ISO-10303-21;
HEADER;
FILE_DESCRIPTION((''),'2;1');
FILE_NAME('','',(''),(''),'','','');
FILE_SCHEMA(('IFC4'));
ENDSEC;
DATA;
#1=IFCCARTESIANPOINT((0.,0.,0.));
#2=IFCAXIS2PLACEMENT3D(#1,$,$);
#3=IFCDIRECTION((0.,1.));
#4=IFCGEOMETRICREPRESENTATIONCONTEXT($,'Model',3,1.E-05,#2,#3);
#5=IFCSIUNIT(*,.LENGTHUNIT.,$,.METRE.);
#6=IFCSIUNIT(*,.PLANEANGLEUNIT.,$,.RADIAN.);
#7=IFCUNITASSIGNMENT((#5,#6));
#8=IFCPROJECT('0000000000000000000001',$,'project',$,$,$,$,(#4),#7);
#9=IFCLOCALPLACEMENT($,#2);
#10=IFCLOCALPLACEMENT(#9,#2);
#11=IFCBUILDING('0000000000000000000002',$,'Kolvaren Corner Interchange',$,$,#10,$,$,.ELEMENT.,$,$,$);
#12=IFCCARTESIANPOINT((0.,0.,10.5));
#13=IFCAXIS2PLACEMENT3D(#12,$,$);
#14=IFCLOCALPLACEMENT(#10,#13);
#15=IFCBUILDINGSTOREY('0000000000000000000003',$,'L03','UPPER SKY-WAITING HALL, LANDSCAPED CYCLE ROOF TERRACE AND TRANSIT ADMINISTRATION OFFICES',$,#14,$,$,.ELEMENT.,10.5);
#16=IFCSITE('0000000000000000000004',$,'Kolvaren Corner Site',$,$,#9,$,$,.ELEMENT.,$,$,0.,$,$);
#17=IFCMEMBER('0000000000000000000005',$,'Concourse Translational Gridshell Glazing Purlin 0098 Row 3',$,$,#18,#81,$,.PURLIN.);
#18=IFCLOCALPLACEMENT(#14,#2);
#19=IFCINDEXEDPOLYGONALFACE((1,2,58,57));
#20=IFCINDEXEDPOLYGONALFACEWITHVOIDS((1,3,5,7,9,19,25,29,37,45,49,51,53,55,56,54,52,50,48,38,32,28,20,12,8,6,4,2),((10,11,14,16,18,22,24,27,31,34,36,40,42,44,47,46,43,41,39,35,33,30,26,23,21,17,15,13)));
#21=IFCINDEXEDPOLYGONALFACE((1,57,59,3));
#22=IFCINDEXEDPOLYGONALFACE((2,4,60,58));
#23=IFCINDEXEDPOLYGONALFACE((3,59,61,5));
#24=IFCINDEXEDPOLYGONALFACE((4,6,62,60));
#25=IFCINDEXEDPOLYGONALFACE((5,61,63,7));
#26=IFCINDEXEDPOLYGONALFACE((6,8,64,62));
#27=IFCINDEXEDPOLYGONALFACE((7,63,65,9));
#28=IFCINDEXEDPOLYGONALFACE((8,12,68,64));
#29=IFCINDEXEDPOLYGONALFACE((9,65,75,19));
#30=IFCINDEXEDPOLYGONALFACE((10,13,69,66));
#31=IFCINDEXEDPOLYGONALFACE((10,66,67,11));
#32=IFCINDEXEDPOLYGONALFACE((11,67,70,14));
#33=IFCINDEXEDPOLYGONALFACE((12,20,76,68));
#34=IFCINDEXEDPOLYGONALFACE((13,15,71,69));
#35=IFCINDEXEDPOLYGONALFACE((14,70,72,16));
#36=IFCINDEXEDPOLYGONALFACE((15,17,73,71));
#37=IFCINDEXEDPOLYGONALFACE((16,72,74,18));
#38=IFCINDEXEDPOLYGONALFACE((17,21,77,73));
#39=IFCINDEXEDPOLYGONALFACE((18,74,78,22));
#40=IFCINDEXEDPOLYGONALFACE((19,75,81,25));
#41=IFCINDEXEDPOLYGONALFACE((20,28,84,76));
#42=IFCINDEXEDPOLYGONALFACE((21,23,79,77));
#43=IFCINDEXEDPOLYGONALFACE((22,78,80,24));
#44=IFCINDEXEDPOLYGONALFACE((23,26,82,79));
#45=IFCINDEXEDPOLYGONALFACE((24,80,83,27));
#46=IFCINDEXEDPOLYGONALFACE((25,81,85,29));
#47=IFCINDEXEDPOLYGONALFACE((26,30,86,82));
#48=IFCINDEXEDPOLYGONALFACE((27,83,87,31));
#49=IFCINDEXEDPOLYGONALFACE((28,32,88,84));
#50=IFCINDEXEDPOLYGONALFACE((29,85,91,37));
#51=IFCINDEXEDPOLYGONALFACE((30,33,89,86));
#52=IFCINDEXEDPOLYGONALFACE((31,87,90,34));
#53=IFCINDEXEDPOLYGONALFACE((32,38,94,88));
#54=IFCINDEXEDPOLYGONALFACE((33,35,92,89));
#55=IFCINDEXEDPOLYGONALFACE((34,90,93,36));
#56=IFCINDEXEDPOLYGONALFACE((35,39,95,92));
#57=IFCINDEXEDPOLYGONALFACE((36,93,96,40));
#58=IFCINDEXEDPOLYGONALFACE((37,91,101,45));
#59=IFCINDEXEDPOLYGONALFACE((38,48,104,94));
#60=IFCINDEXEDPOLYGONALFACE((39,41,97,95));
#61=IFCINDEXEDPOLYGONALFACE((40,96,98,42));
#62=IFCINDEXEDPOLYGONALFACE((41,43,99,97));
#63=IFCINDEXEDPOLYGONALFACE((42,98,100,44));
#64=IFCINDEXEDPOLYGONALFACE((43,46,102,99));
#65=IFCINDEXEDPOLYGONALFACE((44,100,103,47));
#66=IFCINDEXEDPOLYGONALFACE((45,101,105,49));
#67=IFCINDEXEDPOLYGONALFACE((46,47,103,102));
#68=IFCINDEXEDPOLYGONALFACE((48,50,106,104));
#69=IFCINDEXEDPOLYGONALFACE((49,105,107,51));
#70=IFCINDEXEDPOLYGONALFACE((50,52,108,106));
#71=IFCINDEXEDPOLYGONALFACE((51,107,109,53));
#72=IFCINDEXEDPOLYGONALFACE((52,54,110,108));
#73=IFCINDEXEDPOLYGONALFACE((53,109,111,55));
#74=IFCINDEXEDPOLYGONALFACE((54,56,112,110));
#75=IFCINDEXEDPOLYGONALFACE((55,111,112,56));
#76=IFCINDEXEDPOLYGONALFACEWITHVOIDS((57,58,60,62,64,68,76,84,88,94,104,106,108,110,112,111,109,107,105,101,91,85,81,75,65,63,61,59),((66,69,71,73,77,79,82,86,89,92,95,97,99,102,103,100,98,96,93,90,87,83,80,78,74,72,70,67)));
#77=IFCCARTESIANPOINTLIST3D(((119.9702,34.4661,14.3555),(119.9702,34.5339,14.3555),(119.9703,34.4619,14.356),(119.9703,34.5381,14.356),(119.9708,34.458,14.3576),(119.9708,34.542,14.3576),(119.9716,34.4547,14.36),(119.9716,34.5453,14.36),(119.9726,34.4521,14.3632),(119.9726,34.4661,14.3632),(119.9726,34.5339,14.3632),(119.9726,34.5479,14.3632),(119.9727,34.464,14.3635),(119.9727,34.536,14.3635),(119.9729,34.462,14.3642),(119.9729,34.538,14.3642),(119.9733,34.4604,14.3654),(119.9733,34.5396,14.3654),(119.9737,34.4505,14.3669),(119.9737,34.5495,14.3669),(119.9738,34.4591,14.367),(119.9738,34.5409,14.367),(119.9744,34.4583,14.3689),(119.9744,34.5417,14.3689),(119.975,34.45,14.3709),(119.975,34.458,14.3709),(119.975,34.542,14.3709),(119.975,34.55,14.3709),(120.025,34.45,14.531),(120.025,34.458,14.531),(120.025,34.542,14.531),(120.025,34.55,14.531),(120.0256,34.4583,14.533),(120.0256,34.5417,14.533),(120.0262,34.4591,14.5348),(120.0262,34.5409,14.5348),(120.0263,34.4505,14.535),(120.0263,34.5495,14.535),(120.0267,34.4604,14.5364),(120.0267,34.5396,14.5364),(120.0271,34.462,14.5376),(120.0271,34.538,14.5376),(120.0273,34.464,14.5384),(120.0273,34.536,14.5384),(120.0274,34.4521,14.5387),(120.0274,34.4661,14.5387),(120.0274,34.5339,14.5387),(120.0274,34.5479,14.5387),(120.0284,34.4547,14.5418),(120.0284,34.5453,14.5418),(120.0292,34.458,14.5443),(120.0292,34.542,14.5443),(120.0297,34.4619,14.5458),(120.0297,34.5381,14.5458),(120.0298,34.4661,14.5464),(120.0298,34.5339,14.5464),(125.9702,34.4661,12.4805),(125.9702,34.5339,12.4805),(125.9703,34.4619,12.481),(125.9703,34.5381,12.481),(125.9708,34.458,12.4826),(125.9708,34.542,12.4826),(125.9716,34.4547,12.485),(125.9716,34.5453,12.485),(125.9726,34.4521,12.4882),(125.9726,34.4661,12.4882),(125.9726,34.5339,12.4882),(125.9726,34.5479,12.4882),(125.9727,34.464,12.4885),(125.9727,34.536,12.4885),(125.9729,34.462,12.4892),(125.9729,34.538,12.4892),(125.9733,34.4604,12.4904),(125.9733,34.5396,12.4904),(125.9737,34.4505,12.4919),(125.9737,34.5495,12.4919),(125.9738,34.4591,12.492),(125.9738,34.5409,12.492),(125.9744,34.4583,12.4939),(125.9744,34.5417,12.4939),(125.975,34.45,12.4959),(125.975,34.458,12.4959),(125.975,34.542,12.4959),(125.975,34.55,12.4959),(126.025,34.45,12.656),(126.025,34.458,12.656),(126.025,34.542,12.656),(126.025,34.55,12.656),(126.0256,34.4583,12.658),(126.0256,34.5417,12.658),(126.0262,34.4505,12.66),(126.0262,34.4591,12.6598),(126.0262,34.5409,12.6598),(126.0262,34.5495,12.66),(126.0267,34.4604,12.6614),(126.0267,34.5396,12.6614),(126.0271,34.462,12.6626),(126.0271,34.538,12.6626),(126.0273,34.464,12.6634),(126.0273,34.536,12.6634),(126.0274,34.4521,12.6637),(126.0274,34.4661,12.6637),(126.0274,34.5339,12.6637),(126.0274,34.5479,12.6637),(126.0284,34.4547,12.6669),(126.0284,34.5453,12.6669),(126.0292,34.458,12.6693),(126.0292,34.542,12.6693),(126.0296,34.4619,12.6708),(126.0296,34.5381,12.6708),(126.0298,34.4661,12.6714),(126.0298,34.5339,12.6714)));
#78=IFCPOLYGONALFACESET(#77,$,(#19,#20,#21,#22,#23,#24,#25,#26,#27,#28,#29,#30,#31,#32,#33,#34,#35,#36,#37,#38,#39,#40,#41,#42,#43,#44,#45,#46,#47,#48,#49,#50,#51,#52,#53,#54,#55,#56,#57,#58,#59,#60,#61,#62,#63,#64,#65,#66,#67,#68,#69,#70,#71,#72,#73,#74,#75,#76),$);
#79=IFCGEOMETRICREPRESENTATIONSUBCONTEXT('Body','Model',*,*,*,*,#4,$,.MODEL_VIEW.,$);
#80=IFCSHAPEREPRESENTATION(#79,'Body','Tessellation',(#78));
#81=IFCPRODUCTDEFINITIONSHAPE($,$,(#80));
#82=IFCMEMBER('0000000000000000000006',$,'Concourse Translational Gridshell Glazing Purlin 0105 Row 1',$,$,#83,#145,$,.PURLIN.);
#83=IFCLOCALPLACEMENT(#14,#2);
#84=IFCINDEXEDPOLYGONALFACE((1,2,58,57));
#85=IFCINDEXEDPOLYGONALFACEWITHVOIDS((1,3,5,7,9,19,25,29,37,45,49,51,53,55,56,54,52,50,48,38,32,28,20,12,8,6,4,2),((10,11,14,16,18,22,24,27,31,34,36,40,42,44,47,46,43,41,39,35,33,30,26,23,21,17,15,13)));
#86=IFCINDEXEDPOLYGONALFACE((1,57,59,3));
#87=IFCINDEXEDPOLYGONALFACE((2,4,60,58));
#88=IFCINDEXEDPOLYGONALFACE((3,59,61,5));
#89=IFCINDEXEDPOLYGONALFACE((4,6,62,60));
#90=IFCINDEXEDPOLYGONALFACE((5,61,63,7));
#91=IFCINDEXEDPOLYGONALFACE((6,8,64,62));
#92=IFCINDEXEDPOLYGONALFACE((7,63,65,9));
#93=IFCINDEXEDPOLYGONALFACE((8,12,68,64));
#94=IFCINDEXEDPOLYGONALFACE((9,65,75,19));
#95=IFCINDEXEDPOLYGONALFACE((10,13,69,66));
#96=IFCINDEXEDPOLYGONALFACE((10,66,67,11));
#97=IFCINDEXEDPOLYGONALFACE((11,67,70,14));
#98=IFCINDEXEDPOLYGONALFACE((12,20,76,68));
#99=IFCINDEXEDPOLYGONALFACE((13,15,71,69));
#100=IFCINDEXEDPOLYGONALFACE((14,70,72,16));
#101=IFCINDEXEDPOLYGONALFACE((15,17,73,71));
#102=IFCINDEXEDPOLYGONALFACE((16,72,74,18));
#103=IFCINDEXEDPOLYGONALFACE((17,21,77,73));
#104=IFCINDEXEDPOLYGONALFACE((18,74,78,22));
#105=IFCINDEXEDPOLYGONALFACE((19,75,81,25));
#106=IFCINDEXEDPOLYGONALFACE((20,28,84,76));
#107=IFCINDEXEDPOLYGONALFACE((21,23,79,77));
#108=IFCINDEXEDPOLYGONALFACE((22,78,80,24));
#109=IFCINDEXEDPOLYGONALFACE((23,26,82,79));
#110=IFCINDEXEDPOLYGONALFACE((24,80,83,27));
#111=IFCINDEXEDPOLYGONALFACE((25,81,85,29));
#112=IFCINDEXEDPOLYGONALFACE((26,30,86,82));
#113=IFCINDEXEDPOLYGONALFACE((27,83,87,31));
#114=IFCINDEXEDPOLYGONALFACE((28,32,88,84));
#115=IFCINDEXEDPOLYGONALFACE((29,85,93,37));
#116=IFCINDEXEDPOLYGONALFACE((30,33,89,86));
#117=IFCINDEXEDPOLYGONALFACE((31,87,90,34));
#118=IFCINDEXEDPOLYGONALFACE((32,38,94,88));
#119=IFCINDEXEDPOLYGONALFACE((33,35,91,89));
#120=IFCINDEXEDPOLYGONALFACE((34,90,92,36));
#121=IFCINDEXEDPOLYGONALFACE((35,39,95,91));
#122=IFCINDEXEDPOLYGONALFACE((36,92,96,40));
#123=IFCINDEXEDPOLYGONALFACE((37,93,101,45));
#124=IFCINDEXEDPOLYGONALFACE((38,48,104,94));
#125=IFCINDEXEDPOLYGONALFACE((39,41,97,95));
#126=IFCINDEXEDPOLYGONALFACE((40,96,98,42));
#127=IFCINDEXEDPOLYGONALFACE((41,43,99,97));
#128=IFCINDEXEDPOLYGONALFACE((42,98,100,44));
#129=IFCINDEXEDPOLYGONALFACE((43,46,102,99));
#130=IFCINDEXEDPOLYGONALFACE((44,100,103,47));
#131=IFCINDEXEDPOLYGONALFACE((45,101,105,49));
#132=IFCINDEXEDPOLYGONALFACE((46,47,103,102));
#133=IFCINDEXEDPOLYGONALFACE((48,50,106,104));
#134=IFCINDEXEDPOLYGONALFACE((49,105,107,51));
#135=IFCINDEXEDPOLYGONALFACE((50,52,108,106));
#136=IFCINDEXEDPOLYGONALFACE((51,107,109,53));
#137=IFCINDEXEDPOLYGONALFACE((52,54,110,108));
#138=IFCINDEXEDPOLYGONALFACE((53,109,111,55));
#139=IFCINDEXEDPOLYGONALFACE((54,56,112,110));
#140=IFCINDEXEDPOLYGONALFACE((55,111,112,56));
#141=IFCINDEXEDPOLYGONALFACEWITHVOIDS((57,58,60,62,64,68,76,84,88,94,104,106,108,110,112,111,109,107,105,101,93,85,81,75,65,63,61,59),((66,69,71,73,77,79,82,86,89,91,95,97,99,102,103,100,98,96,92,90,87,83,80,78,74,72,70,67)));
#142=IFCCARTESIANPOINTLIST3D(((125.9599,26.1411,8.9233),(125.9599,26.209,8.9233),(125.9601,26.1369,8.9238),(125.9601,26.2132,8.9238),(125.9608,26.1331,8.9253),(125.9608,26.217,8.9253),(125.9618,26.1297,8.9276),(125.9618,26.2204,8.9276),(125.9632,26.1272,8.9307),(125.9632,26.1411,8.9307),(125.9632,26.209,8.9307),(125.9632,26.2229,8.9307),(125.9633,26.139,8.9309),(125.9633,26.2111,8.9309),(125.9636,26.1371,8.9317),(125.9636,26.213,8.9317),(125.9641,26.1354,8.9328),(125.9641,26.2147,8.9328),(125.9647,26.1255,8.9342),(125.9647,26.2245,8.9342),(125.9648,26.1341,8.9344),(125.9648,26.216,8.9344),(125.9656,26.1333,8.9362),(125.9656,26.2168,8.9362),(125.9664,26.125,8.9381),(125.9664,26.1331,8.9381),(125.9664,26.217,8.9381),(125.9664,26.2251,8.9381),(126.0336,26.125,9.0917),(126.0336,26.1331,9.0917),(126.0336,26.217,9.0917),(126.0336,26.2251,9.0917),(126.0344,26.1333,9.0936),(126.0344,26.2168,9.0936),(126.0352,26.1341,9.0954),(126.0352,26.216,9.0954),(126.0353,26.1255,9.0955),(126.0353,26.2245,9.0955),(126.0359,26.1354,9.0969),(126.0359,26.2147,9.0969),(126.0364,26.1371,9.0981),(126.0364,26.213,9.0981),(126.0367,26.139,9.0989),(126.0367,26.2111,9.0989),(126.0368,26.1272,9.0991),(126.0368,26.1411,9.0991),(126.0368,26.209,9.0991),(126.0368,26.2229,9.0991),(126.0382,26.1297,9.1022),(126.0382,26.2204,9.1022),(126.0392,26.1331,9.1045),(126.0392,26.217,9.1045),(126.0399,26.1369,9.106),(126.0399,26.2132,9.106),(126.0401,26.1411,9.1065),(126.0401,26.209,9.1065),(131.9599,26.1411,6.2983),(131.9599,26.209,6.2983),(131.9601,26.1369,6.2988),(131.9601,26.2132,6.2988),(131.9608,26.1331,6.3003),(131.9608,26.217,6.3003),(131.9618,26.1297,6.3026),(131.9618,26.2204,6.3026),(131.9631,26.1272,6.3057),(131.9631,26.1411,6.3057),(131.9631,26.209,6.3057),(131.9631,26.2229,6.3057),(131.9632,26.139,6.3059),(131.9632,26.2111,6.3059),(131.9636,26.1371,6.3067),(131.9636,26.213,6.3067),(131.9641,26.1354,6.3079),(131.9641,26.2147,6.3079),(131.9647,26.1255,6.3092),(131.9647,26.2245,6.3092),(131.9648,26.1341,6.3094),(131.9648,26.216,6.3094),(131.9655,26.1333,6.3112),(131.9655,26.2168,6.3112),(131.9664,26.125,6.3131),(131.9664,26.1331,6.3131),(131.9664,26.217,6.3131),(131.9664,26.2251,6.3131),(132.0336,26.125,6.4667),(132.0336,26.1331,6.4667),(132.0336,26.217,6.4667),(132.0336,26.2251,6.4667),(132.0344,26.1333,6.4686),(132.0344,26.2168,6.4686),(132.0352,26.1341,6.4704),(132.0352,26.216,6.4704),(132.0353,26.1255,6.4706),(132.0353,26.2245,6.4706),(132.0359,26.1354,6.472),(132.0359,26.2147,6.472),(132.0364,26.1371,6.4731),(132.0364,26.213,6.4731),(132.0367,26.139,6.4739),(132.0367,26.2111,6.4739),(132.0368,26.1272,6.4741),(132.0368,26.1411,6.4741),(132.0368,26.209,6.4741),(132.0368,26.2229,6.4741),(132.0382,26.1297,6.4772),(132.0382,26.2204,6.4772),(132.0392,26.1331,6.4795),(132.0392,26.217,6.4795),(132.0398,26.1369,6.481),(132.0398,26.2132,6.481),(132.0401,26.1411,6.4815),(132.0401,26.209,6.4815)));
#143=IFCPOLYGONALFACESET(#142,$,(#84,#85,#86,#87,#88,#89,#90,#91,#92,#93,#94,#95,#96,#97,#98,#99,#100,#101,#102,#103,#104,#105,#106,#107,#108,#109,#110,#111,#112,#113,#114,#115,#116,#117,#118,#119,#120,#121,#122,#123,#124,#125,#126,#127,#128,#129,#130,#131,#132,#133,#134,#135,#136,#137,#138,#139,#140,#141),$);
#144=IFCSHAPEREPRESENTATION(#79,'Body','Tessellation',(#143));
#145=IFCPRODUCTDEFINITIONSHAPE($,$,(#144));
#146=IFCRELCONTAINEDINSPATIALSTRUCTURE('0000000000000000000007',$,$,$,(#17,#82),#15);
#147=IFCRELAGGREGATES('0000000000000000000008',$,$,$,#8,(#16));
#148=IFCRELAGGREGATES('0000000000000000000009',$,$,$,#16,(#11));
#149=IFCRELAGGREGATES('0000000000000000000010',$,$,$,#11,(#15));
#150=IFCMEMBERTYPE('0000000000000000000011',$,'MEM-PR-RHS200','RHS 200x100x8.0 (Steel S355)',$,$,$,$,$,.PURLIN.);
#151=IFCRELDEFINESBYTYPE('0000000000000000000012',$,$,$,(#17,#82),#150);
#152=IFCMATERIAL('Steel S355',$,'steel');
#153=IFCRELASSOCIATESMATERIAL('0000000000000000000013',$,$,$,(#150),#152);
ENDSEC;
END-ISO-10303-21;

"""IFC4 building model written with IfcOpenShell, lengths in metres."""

from ifc_helpers import new_model, si_unit, direction, frame, origin, origin_2d, place, context, subcontext, project, spatial, hollow_rectangle, extrude, material, material_profile, profile_set, type_object, element, save


model = new_model("IFC4")

# Units and contexts
model_context = context("Model", 3, precision=1e-05, world=origin(), true_north=direction((0.0, 1.0)))
body_context = subcontext(model_context, "Body", "Model", "MODEL_VIEW")
ifc_project = project(units=[si_unit("LENGTHUNIT", "METRE"), si_unit("PLANEANGLEUNIT", "RADIAN")], contexts=[model_context])

# Site, building, storey
site_placement = place(None, origin())
site = spatial("IfcSite", under=ifc_project, at=site_placement, Name="Kolvaren Corner Site", CompositionType="ELEMENT", RefElevation=0.0)
building_placement = place(site_placement, origin())
building = spatial("IfcBuilding", under=site, at=building_placement, Name="Kolvaren Corner Interchange", CompositionType="ELEMENT")
storey_placement = place(building_placement, frame((0.0, 0.0, 10.5)))
storey = spatial("IfcBuildingStorey", under=building, at=storey_placement, Name="L03", Description="UPPER SKY-WAITING HALL, LANDSCAPED CYCLE ROOF TERRACE AND TRANSIT ADMINISTRATION OFFICES", CompositionType="ELEMENT", Elevation=10.5)

# Members
ifc_material_1 = material(Name="Steel S355", Category="steel")
ifc_material_profile_1 = material_profile(ifc_material_1, hollow_rectangle(XDim=0.1001, YDim=0.2, WallThickness=0.0081, InnerFilletRadius=0.0081, OuterFilletRadius=0.0161, at=origin_2d()), Name="RHS 200x100x8.0")
ifc_profile_set_1 = profile_set([ifc_material_profile_1], Name="Steel S355")
member_type_1 = type_object("IfcMemberType", Name="MEM-PR-RHS200", Description="RHS 200x100x8.0 (Steel S355)", PredefinedType="PURLIN", material=ifc_profile_set_1)
for number, where, z_axis, x_axis, name in (
    (1, (120.0, 34.5, 14.4509), (0.95448, 0.0, -0.298275), (0.0, 1.0, 0.0), "Concourse Translational Gridshell Glazing Purlin 0098 Row 3"),
):
    element("IfcMember", number, at=place(storey_placement, frame(where, z_axis=z_axis, x_axis=x_axis)), inside=storey, type_object=member_type_1, Name=name, PredefinedType="PURLIN", context=body_context, shape_type="SweptSolid", body=[
        extrude(hollow_rectangle(XDim=0.1001, YDim=0.2, WallThickness=0.0081, InnerFilletRadius=0.0081, OuterFilletRadius=0.0161, at=origin_2d()), origin(), (0.0, 0.0, 1.0), 6.2861),
    ])
for number, where, z_axis, x_axis, name in (
    (2, (126.0, 26.175, 9.0149), (0.916157, 0.0, -0.400819), (0.0, 1.0, 0.0), "Concourse Translational Gridshell Glazing Purlin 0105 Row 1"),
):
    element("IfcMember", number, at=place(storey_placement, frame(where, z_axis=z_axis, x_axis=x_axis)), inside=storey, type_object=member_type_1, Name=name, PredefinedType="PURLIN", context=body_context, shape_type="SweptSolid", body=[
        extrude(hollow_rectangle(XDim=0.1001, YDim=0.2, WallThickness=0.0081, InnerFilletRadius=0.0081, OuterFilletRadius=0.0161, at=origin_2d()), origin(), (0.0, 0.0, 1.0), 6.5491),
    ])

save(model, "model.ifc")
